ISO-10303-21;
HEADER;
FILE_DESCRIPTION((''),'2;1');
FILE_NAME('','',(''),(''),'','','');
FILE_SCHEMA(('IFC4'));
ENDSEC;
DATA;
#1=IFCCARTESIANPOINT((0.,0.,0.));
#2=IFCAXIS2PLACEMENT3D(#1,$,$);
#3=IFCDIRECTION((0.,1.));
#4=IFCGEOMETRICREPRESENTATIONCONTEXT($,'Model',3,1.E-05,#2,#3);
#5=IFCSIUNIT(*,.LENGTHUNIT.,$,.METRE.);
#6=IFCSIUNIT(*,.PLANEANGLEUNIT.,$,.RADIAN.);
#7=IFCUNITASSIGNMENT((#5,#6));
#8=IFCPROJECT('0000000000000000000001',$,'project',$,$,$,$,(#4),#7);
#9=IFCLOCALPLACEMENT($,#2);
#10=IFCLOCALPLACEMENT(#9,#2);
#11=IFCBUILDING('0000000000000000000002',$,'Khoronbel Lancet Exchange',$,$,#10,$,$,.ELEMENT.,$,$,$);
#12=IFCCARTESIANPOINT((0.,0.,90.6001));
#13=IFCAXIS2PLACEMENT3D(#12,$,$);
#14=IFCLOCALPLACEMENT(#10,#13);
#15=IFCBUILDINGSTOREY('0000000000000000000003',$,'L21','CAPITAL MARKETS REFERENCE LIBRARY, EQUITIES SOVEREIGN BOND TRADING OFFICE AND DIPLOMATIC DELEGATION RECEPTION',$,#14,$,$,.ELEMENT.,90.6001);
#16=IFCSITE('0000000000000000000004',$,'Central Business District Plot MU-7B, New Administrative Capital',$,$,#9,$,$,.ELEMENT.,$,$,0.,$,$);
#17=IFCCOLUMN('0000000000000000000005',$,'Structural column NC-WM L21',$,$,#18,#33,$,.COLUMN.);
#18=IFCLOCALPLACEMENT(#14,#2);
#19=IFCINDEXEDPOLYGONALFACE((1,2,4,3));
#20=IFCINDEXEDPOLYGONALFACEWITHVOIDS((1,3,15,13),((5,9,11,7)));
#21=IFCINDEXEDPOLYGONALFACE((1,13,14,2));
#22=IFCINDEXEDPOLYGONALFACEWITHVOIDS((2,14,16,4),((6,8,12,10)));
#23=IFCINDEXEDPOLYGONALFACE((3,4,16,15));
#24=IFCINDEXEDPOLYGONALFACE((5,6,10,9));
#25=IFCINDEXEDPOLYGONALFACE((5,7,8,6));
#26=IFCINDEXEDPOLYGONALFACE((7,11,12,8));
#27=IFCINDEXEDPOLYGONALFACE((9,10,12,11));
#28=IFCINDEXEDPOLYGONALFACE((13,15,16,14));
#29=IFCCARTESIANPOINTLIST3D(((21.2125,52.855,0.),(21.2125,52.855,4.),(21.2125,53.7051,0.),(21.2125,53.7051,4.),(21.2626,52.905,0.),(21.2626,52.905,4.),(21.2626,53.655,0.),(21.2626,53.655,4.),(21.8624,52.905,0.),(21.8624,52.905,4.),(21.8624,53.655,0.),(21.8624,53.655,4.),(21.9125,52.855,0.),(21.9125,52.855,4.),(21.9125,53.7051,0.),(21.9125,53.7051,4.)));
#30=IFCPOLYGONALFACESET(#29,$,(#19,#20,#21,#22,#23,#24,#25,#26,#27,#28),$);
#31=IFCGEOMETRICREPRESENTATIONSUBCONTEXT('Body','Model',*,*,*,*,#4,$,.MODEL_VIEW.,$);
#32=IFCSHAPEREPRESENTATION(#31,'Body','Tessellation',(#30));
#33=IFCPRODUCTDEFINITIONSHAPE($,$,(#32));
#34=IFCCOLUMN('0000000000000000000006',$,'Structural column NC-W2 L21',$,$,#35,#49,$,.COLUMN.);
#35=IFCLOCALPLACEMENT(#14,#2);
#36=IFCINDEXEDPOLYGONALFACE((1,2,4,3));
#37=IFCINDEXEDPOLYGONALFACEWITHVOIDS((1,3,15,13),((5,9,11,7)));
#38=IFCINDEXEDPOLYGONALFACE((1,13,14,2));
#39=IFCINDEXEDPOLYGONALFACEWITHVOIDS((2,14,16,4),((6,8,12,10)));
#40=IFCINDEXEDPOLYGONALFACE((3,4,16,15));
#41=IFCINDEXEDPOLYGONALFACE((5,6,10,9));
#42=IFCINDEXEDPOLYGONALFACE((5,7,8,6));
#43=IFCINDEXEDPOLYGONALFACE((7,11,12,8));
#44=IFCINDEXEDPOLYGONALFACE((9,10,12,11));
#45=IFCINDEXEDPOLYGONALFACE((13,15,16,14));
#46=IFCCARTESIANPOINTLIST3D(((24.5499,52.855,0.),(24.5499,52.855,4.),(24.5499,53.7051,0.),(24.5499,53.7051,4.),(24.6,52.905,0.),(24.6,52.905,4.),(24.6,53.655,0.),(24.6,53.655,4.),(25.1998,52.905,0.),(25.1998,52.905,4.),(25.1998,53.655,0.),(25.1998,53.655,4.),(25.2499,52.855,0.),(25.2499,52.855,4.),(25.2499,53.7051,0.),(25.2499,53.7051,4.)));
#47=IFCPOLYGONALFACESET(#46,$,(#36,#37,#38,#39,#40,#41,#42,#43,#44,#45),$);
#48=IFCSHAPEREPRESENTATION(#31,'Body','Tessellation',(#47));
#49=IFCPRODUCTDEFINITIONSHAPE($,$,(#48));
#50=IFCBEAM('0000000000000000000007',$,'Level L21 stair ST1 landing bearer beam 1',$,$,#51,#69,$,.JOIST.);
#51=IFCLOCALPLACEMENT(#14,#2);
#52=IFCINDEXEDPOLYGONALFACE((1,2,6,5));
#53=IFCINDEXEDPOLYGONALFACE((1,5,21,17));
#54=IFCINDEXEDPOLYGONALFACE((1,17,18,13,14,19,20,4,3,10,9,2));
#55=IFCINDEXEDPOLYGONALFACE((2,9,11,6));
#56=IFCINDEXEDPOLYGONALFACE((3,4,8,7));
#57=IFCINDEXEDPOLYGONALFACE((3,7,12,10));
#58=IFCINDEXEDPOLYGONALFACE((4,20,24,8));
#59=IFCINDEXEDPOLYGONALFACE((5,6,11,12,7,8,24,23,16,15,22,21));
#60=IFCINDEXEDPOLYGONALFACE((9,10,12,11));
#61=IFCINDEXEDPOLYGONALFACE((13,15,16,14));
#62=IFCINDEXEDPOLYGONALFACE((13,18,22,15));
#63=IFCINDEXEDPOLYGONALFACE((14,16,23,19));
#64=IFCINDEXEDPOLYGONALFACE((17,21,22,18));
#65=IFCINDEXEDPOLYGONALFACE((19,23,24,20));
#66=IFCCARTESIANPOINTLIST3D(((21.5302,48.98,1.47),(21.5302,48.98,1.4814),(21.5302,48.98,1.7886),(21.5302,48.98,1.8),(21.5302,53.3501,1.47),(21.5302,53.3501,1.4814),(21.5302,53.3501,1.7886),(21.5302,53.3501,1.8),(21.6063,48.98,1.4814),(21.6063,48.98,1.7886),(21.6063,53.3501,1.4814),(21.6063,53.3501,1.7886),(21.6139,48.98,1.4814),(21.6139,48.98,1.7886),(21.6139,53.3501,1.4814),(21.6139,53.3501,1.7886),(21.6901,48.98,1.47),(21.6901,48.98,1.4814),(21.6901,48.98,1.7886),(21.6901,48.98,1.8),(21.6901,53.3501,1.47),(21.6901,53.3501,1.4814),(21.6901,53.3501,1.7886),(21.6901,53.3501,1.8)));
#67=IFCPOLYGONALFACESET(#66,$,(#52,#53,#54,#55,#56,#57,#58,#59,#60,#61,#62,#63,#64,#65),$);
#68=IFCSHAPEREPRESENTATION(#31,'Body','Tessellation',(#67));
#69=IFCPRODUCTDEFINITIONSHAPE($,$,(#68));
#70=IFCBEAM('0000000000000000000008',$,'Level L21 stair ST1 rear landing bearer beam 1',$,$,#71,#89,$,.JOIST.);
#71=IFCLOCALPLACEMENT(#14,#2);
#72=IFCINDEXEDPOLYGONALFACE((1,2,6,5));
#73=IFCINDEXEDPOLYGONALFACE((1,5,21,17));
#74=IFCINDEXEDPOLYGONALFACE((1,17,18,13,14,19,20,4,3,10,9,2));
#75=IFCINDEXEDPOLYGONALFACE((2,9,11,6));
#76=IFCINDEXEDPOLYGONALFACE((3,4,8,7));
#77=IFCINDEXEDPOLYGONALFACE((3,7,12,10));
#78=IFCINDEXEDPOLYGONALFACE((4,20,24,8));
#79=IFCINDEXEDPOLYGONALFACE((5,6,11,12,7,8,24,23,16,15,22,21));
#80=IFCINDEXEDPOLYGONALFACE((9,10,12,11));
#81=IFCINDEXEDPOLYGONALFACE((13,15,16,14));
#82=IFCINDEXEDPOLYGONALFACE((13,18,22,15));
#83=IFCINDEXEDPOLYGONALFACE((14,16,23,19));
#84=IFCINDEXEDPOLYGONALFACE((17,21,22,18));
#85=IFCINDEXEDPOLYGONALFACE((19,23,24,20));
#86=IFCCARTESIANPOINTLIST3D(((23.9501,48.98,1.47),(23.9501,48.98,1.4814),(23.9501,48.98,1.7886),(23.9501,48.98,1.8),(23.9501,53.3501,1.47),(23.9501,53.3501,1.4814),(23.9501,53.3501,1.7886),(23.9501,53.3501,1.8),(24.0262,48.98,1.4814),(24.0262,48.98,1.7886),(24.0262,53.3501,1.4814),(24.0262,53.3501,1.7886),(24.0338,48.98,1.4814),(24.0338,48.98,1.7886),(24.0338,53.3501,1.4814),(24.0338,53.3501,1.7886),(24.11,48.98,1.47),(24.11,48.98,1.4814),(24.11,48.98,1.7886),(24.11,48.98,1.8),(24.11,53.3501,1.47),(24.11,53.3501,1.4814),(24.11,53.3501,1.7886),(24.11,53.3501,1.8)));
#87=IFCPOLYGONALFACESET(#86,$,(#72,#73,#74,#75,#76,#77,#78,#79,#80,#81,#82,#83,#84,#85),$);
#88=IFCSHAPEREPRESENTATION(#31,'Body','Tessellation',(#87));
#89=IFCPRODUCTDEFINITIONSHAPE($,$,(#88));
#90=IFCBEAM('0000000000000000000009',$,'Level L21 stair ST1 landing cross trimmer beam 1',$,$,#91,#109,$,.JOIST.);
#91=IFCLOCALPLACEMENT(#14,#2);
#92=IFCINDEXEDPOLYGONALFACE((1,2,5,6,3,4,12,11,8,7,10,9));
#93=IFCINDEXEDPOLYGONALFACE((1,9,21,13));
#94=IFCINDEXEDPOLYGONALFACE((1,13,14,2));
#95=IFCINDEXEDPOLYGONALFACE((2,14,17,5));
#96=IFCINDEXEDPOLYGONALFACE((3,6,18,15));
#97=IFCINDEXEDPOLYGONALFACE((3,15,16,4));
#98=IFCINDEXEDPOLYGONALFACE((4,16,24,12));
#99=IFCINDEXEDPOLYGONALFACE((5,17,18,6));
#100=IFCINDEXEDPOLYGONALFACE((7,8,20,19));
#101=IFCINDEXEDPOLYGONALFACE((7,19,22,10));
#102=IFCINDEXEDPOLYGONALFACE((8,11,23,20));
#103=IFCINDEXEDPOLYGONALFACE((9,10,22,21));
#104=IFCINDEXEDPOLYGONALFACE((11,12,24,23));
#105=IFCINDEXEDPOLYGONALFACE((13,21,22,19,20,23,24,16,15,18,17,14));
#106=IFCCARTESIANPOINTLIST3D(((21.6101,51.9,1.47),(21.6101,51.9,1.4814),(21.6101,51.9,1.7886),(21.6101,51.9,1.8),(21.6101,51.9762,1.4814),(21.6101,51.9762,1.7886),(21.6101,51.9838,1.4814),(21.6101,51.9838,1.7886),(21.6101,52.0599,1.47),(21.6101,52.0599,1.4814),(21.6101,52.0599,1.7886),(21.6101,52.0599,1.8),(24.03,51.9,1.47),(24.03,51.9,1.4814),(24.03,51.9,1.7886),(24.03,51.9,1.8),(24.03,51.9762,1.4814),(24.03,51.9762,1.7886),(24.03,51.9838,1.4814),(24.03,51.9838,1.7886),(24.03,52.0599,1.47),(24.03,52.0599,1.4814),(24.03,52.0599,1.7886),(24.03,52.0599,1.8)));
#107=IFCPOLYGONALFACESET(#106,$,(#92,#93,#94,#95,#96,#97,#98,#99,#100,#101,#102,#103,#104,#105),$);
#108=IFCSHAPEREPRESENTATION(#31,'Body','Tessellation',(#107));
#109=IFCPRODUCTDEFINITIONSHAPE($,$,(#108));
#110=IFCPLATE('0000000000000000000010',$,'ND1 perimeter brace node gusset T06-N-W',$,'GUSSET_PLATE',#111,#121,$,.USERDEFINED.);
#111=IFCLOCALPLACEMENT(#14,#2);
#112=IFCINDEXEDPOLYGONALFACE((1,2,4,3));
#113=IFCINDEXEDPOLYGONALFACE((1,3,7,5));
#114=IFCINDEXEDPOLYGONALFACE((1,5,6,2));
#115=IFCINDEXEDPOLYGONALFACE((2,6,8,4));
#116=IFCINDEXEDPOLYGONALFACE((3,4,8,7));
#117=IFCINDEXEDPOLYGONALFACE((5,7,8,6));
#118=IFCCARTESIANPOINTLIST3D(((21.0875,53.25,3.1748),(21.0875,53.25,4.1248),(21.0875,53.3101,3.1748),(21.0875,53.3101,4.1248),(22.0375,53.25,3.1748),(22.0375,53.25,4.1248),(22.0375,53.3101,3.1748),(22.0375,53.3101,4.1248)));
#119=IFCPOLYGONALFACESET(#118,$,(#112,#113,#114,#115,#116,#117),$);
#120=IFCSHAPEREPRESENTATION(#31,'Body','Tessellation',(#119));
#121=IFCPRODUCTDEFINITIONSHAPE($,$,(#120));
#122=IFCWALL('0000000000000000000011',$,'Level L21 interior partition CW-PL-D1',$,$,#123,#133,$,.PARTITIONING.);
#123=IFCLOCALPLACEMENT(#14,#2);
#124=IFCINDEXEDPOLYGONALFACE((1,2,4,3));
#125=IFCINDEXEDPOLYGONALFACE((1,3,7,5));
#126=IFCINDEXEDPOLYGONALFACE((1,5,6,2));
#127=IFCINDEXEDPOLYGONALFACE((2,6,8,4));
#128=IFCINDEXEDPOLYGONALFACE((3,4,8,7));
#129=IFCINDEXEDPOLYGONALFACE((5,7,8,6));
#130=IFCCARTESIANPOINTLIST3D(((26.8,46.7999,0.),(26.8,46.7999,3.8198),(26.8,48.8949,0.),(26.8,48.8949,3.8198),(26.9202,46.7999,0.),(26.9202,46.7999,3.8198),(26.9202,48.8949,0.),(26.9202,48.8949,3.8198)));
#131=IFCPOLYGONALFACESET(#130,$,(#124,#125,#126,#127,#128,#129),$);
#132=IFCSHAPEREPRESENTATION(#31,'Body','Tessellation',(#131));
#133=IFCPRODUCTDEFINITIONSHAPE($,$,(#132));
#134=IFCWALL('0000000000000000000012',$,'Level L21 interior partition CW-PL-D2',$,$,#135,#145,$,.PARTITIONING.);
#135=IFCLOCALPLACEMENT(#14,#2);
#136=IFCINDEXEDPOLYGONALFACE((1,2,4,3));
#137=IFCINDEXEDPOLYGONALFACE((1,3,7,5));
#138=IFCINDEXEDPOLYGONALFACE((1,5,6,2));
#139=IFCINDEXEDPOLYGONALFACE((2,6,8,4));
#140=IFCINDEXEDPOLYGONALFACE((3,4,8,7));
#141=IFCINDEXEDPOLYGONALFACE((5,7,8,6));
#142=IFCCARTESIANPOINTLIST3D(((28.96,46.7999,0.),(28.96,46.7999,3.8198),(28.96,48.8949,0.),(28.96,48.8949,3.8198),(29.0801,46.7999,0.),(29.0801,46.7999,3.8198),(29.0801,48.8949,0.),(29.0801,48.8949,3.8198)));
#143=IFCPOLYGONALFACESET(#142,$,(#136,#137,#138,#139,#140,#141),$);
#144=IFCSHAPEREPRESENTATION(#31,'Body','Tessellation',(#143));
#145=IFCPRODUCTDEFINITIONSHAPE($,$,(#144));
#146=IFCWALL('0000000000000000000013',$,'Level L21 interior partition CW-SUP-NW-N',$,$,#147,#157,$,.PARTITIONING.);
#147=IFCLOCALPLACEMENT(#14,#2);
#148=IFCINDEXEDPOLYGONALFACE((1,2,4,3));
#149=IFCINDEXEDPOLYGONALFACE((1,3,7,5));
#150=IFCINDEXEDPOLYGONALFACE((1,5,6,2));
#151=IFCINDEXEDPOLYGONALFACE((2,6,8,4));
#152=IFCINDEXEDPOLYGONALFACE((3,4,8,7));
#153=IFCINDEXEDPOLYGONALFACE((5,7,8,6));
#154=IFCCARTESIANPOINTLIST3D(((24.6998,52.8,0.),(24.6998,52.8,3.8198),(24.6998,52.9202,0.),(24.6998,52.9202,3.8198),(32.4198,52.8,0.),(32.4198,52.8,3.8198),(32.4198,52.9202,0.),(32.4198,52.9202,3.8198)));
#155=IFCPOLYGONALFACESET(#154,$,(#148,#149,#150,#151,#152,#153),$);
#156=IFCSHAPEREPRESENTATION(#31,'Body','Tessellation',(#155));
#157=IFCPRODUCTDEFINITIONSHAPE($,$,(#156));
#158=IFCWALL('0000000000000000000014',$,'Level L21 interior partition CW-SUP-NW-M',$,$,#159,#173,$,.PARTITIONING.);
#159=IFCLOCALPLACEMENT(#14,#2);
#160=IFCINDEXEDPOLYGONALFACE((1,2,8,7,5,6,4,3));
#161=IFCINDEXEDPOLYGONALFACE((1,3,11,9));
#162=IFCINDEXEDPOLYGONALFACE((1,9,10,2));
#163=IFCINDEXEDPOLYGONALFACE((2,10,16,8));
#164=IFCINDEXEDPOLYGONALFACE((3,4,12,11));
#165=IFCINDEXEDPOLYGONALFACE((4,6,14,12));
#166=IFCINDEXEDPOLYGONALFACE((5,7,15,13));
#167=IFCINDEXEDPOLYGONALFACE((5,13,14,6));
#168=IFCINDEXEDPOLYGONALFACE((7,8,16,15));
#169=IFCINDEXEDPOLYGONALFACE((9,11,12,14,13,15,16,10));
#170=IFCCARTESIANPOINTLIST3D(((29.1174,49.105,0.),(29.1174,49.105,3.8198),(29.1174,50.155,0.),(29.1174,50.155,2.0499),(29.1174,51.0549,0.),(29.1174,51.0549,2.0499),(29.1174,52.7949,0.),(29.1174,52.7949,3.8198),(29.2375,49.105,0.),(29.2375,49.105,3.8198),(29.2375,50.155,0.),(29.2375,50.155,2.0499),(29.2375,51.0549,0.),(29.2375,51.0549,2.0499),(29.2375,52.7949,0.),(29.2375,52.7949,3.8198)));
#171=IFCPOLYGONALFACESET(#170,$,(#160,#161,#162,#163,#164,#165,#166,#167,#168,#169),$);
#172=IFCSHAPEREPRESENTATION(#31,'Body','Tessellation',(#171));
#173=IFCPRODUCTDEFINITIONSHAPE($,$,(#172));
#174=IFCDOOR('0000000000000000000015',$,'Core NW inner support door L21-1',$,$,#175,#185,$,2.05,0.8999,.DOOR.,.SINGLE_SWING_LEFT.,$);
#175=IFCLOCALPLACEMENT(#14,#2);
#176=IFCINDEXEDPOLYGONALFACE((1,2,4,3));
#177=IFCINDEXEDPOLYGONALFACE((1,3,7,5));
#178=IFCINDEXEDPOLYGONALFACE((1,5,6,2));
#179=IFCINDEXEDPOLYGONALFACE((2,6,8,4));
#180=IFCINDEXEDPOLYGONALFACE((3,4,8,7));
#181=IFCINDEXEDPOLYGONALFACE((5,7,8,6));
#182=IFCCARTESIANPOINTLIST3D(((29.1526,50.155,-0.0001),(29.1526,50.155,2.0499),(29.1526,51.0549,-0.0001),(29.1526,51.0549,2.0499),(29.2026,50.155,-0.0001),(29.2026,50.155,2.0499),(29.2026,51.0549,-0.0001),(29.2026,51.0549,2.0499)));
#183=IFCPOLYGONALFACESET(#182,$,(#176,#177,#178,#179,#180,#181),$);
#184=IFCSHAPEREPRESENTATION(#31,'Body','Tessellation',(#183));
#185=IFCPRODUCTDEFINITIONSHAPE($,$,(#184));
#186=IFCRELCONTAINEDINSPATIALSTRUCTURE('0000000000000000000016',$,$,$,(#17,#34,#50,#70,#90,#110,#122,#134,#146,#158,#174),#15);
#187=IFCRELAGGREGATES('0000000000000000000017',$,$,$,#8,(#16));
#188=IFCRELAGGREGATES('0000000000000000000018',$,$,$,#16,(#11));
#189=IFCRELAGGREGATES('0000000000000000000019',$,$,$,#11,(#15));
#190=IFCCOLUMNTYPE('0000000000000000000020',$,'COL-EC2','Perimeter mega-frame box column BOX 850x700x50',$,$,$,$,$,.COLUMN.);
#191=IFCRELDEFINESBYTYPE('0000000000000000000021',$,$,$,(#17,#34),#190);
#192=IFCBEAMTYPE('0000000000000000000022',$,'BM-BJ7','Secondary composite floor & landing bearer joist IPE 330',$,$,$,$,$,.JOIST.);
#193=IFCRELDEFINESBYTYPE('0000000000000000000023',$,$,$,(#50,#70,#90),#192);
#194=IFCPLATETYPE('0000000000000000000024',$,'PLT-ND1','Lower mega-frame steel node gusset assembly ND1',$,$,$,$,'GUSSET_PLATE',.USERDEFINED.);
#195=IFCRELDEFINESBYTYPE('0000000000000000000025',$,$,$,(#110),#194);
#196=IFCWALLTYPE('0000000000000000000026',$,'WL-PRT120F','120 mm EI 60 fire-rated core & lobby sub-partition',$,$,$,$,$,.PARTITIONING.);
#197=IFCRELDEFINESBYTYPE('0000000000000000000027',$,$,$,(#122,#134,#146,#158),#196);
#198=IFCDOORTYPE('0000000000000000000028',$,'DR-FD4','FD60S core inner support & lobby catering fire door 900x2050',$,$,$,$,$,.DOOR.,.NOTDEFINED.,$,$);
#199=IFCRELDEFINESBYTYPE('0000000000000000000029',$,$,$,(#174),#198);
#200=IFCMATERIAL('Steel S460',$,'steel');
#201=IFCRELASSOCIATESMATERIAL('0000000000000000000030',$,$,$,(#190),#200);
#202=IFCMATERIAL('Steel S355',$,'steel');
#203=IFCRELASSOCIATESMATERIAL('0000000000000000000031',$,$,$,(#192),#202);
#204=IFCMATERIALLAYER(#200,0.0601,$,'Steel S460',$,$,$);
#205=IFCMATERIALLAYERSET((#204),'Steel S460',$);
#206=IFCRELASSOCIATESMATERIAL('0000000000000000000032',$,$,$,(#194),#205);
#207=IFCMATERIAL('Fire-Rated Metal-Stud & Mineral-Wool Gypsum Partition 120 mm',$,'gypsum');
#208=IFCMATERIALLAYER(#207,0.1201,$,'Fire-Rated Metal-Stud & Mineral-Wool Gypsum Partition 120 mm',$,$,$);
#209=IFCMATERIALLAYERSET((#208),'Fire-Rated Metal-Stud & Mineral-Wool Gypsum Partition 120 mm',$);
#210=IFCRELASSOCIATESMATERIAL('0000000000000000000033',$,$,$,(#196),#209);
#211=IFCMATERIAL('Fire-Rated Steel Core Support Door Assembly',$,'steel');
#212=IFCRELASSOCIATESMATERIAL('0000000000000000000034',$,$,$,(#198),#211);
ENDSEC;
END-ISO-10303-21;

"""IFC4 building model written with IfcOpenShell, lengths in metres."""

from ifc_helpers import new_model, si_unit, direction, frame, frame_2d, origin, origin_2d, place, context, subcontext, project, spatial, rectangle, hollow_rectangle, i_section, extrude, material, layer, layer_set, material_profile, profile_set, type_object, element, fill, save


model = new_model("IFC4")

# Units and contexts
model_context = context("Model", 3, precision=1e-05, world=origin(), true_north=direction((0.0, 1.0)))
body_context = subcontext(model_context, "Body", "Model", "MODEL_VIEW")
ifc_project = project(units=[si_unit("LENGTHUNIT", "METRE"), si_unit("PLANEANGLEUNIT", "RADIAN")], contexts=[model_context])

# Site, building, storey
site_placement = place(None, origin())
site = spatial("IfcSite", under=ifc_project, at=site_placement, Name="Central Business District Plot MU-7B, New Administrative Capital", CompositionType="ELEMENT", RefElevation=0.0)
building_placement = place(site_placement, origin())
building = spatial("IfcBuilding", under=site, at=building_placement, Name="Khoronbel Lancet Exchange", CompositionType="ELEMENT")
storey_placement = place(building_placement, frame((0.0, 0.0, 90.6001)))
storey = spatial("IfcBuildingStorey", under=building, at=storey_placement, Name="L21", Description="CAPITAL MARKETS REFERENCE LIBRARY, EQUITIES SOVEREIGN BOND TRADING OFFICE AND DIPLOMATIC DELEGATION RECEPTION", CompositionType="ELEMENT", Elevation=90.6001)

# Columns
ifc_material_1 = material(Name="Steel S460", Category="steel")
ifc_material_profile_1 = material_profile(ifc_material_1, hollow_rectangle(XDim=0.7, YDim=0.8501, WallThickness=0.05, at=origin_2d()), Name="BOX 850x700x50")
ifc_profile_set_1 = profile_set([ifc_material_profile_1], Name="Steel S460")
column_type = type_object("IfcColumnType", Name="COL-EC2", Description="Perimeter mega-frame box column BOX 850x700x50", PredefinedType="COLUMN", material=ifc_profile_set_1)
for number, where, z_axis, x_axis, name in (
    (1, (21.5625, 53.28, 0.0), (0.0, 0.0, 1.0), (1.0, 0.0, 0.0), "Structural column NC-WM L21"),
    (2, (24.8999, 53.28, 0.0), (0.0, 0.0, 1.0), (1.0, 0.0, 0.0), "Structural column NC-W2 L21"),
):
    element("IfcColumn", number, at=place(storey_placement, frame(where, z_axis=z_axis, x_axis=x_axis)), inside=storey, type_object=column_type, Name=name, PredefinedType="COLUMN", context=body_context, shape_type="SweptSolid", body=[
        extrude(hollow_rectangle(XDim=0.7, YDim=0.8501, WallThickness=0.05, at=origin_2d()), origin(), (0.0, 0.0, 1.0), 4.0),
    ])

# Beams
ifc_material_2 = material(Name="Steel S355", Category="steel")
ifc_material_profile_2 = material_profile(ifc_material_2, i_section(OverallWidth=0.1599, OverallDepth=0.3301, WebThickness=0.0076, FlangeThickness=0.0115, at=origin_2d()), Name="IPE 330")
ifc_profile_set_2 = profile_set([ifc_material_profile_2], Name="Steel S355")
beam_type = type_object("IfcBeamType", Name="BM-BJ7", Description="Secondary composite floor & landing bearer joist IPE 330", PredefinedType="JOIST", material=ifc_profile_set_2)
for number, where, z_axis, x_axis, name in (
    (3, (21.6101, 48.98, 1.635), (0.0, 1.0, 0.0), (-1.0, 0.0, 0.0), "Level L21 stair ST1 landing bearer beam 1"),
    (4, (24.03, 48.98, 1.635), (0.0, 1.0, 0.0), (-1.0, 0.0, 0.0), "Level L21 stair ST1 rear landing bearer beam 1"),
):
    element("IfcBeam", number, at=place(storey_placement, frame(where, z_axis=z_axis, x_axis=x_axis)), inside=storey, type_object=beam_type, Name=name, PredefinedType="JOIST", context=body_context, shape_type="SweptSolid", body=[
        extrude(i_section(OverallWidth=0.1599, OverallDepth=0.3301, WebThickness=0.0076, FlangeThickness=0.0115, at=origin_2d()), origin(), (0.0, 0.0, 1.0), 4.3701),
    ])
beam_placement = place(storey_placement, frame((21.6101, 51.98, 1.635), z_axis=(1.0, 0.0, 0.0), x_axis=(0.0, 1.0, 0.0)))
element("IfcBeam", 5, at=beam_placement, inside=storey, type_object=beam_type, Name="Level L21 stair ST1 landing cross trimmer beam 1", PredefinedType="JOIST", context=body_context, shape_type="SweptSolid", body=[
    extrude(i_section(OverallWidth=0.1599, OverallDepth=0.3301, WebThickness=0.0076, FlangeThickness=0.0115, at=origin_2d()), origin(), (0.0, 0.0, 1.0), 2.4199),
])

# Plate
ifc_layer_1 = layer(ifc_material_1, 0.0601, Name="Steel S460")
ifc_layer_set_1 = layer_set([ifc_layer_1], Name="Steel S460")
plate_type = type_object("IfcPlateType", Name="PLT-ND1", Description="Lower mega-frame steel node gusset assembly ND1", ElementType="GUSSET_PLATE", PredefinedType="USERDEFINED", material=ifc_layer_set_1)
plate_placement = place(storey_placement, frame((21.5625, 53.28, 3.1748), z_axis=(0.0, 0.0, 1.0), x_axis=(1.0, 0.0, 0.0)))
element("IfcPlate", 6, at=plate_placement, inside=storey, type_object=plate_type, Name="ND1 perimeter brace node gusset T06-N-W", ObjectType="GUSSET_PLATE", PredefinedType="USERDEFINED", context=body_context, shape_type="SweptSolid", body=[
    extrude(rectangle(XDim=0.95, YDim=0.0601, at=origin_2d()), origin(), (0.0, 0.0, 1.0), 0.95),
])

# Walls
ifc_material_3 = material(Name="Fire-Rated Metal-Stud & Mineral-Wool Gypsum Partition 120 mm", Category="gypsum")
ifc_layer_2 = layer(ifc_material_3, 0.1201, Name="Fire-Rated Metal-Stud & Mineral-Wool Gypsum Partition 120 mm")
ifc_layer_set_2 = layer_set([ifc_layer_2], Name="Fire-Rated Metal-Stud & Mineral-Wool Gypsum Partition 120 mm")
wall_type_1 = type_object("IfcWallType", Name="WL-PRT120F", Description="120 mm EI 60 fire-rated core & lobby sub-partition", PredefinedType="PARTITIONING", material=ifc_layer_set_2)
for number, where, z_axis, x_axis, name in (
    (7, (26.8601, 46.8, 0.0), (0.0, 0.0, 1.0), (0.0, 1.0, 0.0), "Level L21 interior partition CW-PL-D1"),
    (8, (29.02, 46.8, 0.0), (0.0, 0.0, 1.0), (0.0, 1.0, 0.0), "Level L21 interior partition CW-PL-D2"),
):
    element("IfcWall", number, at=place(storey_placement, frame(where, z_axis=z_axis, x_axis=x_axis)), inside=storey, type_object=wall_type_1, Name=name, PredefinedType="PARTITIONING", context=body_context, shape_type="SweptSolid", body=[
        extrude(rectangle(XDim=2.095, YDim=0.1201, at=frame_2d((1.0474, 0.0))), origin(), (0.0, 0.0, 1.0), 3.8198),
    ])
wall_1_placement = place(storey_placement, frame((24.7, 52.8601, 0.0), z_axis=(0.0, 0.0, 1.0), x_axis=(1.0, 0.0, 0.0)))
element("IfcWall", 9, at=wall_1_placement, inside=storey, type_object=wall_type_1, Name="Level L21 interior partition CW-SUP-NW-N", PredefinedType="PARTITIONING", context=body_context, shape_type="SweptSolid", body=[
    extrude(rectangle(XDim=7.72, YDim=0.1201, at=frame_2d((3.8599, 0.0))), origin(), (0.0, 0.0, 1.0), 3.8198),
])

# Wall, opening, door
wall_2_placement = place(storey_placement, frame((29.1775, 49.105, 0.0), z_axis=(0.0, 0.0, 1.0), x_axis=(0.0, 1.0, 0.0)))
wall_2 = element("IfcWall", 10, at=wall_2_placement, inside=storey, type_object=wall_type_1, Name="Level L21 interior partition CW-SUP-NW-M", PredefinedType="PARTITIONING", context=body_context, shape_type="SweptSolid", body=[
    extrude(rectangle(XDim=3.6899, YDim=0.1201, at=frame_2d((1.845, 0.0))), origin(), (0.0, 0.0, 1.0), 3.8198),
])
opening_1_placement = place(wall_2_placement, frame((1.05, 0.0, 0.0)))
opening_1 = element("IfcOpeningElement", 11, at=opening_1_placement, cuts=wall_2, PredefinedType="OPENING", context=body_context, shape_type="SweptSolid", body=[
    extrude(rectangle(XDim=0.8999, YDim=2.05, at=frame_2d((0.45, 1.0249))), frame((0.0, 0.0701, 0.0), z_axis=(0.0, -1.0, 0.0), x_axis=(1.0, 0.0, 0.0)), (0.0, 0.0, 1.0), 0.1401),
])
ifc_material_4 = material(Name="Fire-Rated Steel Core Support Door Assembly", Category="steel")
door_type_1 = type_object("IfcDoorType", Name="DR-FD4", Description="FD60S core inner support & lobby catering fire door 900x2050", OperationType="NOTDEFINED", PredefinedType="DOOR", material=ifc_material_4)
door_1_placement = place(opening_1_placement, origin())
door_1 = element("IfcDoor", 12, at=door_1_placement, inside=storey, type_object=door_type_1, Name="Core NW inner support door L21-1", OperationType="SINGLE_SWING_LEFT", OverallHeight=2.05, OverallWidth=0.8999, PredefinedType="DOOR", context=body_context, shape_type="SweptSolid", body=[
    extrude(rectangle(XDim=0.8999, YDim=2.05, at=frame_2d((0.45, 1.0249))), frame((0.0, 0.0249, 0.0), z_axis=(0.0, -1.0, 0.0), x_axis=(1.0, 0.0, 0.0)), (0.0, 0.0, 1.0), 0.05),
])
fill(opening_1, door_1)

save(model, "model.ifc")
